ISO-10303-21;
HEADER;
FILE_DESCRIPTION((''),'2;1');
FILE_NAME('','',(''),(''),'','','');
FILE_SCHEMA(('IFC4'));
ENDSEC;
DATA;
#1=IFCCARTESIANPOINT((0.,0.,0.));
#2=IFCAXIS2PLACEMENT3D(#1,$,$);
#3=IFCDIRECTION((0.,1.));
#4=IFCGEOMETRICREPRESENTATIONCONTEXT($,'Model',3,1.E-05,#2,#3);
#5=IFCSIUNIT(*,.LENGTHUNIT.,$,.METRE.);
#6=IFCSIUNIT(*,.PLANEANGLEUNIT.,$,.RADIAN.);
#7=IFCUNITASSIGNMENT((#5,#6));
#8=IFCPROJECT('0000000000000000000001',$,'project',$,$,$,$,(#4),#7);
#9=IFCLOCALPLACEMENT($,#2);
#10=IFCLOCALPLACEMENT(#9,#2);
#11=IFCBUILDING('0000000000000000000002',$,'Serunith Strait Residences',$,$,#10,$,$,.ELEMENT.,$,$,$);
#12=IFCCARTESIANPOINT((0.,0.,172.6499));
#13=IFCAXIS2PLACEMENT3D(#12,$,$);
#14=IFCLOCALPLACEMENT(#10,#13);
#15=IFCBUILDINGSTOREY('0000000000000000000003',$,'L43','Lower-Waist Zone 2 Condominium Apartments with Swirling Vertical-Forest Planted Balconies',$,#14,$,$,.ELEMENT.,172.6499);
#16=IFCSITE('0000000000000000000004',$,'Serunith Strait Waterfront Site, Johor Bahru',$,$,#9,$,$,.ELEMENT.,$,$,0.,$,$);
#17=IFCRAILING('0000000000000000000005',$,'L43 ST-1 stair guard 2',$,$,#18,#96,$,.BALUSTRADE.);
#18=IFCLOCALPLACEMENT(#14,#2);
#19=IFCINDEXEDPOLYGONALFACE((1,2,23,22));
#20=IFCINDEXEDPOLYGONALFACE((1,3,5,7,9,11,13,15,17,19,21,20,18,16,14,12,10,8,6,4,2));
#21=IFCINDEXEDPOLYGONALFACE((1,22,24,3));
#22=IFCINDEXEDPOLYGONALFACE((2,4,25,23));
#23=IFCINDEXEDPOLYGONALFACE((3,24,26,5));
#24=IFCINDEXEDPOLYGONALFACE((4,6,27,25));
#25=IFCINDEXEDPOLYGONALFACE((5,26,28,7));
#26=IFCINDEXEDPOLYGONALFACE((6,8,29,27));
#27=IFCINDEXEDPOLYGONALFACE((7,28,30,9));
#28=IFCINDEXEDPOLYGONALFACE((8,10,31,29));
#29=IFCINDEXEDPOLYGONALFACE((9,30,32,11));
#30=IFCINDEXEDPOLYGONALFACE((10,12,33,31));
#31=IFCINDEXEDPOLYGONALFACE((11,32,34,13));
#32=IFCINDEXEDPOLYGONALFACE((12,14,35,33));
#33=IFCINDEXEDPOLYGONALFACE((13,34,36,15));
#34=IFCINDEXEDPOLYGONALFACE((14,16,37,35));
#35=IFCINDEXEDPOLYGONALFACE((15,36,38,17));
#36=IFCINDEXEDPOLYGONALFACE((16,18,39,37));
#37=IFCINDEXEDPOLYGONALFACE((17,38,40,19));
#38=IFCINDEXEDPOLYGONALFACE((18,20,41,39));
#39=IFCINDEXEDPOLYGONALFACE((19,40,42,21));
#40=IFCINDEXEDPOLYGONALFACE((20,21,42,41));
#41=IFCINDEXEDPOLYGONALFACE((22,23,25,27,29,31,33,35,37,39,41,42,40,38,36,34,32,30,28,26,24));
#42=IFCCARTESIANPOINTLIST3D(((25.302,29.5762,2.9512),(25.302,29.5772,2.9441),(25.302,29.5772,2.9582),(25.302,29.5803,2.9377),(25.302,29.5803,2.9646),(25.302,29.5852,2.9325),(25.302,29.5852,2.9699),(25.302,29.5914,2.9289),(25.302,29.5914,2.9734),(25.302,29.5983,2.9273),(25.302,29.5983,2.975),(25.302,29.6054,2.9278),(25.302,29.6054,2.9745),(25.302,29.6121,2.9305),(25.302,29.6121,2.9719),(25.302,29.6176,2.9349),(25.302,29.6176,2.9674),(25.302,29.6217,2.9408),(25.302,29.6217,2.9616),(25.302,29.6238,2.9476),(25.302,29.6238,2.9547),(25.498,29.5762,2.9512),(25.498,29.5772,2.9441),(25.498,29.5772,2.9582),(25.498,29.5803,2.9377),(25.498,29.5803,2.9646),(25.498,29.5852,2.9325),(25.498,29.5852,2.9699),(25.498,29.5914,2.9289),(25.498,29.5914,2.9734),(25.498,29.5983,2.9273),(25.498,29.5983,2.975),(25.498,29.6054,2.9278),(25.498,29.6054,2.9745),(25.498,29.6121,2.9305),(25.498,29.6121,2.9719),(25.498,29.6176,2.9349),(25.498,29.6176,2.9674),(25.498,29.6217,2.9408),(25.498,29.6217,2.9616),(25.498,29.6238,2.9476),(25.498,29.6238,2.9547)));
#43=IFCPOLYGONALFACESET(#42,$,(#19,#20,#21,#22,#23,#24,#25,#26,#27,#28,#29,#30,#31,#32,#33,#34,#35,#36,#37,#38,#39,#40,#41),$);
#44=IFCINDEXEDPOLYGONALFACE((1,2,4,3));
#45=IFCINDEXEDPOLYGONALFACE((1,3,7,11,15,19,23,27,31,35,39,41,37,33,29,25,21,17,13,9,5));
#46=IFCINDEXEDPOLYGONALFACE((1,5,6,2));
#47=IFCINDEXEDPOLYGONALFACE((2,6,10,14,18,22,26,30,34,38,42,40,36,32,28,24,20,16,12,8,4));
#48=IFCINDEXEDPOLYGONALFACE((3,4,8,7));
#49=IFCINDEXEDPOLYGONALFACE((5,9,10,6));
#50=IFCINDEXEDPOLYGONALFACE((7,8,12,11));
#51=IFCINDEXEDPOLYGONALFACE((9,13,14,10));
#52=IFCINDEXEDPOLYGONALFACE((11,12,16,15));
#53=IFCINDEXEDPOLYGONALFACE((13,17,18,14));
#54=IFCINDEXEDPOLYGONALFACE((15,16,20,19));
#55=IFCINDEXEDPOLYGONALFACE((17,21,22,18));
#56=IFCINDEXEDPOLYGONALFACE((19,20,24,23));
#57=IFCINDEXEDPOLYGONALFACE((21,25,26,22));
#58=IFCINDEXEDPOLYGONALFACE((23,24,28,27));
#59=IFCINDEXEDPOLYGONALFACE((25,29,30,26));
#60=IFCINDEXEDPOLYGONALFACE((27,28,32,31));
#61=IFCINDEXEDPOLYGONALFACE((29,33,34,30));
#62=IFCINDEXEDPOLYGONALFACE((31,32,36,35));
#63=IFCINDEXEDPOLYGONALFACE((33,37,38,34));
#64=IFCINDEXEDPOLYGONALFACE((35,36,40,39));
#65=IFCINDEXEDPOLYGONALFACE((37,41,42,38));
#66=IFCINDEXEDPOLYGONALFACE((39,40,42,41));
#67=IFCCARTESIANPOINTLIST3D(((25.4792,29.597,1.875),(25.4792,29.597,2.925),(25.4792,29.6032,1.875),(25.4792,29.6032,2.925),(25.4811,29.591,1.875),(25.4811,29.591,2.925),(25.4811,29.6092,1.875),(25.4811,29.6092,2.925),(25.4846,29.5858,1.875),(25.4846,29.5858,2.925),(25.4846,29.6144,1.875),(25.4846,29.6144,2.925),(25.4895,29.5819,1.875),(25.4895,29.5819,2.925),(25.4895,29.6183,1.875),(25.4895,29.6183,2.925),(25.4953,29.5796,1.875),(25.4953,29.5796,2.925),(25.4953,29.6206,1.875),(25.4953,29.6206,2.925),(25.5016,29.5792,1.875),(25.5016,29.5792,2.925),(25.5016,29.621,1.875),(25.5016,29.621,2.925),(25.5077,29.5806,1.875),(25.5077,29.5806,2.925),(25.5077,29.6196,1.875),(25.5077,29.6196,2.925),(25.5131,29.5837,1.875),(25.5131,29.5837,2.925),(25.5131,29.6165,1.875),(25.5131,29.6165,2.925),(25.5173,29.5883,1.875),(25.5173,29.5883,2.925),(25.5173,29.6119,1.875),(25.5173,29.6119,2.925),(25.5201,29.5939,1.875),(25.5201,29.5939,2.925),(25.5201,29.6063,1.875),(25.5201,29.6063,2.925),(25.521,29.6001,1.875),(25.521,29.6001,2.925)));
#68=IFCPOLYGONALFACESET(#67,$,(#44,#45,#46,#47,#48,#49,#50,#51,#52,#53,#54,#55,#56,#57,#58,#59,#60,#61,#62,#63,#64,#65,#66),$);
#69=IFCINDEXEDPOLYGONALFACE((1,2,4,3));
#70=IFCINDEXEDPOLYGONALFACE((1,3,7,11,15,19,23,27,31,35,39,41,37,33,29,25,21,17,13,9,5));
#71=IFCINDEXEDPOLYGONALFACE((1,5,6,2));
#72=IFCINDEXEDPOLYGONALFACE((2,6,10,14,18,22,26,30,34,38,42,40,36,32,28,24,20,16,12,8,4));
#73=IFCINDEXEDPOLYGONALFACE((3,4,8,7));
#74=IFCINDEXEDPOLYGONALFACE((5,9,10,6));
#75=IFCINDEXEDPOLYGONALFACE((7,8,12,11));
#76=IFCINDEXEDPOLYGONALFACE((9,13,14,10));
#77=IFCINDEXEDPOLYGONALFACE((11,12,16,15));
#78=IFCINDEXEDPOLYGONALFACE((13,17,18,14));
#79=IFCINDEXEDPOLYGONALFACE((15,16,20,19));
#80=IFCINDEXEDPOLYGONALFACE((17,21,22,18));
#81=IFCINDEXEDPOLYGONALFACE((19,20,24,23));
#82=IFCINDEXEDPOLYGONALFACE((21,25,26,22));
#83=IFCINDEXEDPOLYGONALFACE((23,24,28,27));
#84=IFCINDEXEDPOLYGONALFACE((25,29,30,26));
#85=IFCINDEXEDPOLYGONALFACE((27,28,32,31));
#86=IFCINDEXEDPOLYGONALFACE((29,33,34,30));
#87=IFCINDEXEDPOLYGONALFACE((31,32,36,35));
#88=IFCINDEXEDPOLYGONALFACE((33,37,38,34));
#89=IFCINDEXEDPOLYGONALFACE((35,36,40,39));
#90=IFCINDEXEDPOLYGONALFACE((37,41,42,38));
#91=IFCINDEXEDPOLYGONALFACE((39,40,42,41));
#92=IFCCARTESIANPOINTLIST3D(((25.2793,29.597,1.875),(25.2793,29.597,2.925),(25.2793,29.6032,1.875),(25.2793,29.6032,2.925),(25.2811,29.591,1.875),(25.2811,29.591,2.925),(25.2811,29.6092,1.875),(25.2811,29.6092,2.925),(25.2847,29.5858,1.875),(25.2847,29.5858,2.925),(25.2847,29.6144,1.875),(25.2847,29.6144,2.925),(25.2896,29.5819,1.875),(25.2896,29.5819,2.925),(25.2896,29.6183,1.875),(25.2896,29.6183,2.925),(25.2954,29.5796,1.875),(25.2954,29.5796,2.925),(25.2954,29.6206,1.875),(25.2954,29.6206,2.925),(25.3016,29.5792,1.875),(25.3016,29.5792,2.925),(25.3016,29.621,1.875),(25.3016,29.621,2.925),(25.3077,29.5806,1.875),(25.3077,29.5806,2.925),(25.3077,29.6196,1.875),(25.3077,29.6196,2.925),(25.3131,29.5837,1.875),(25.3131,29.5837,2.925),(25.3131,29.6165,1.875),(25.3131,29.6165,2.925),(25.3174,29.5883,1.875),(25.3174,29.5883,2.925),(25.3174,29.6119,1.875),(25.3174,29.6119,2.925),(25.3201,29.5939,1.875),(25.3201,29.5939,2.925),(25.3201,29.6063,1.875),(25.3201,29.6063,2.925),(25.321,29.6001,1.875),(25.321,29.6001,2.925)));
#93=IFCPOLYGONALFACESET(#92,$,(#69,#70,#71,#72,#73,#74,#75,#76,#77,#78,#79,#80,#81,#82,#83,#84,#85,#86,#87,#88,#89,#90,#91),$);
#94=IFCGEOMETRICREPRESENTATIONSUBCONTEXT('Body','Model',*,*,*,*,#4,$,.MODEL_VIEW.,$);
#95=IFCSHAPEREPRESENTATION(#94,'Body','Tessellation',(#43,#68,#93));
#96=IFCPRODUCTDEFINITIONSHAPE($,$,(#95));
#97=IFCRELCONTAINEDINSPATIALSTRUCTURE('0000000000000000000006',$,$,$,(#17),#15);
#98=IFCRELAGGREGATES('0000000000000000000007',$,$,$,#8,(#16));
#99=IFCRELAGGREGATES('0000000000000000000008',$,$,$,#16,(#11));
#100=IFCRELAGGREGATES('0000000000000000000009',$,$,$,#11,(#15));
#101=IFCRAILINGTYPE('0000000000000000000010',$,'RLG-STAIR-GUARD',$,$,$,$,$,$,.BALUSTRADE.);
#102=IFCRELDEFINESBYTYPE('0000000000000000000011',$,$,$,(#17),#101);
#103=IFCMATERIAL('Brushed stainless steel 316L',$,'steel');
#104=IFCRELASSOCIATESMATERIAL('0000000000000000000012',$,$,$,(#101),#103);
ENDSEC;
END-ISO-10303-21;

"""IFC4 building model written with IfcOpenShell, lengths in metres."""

from ifc_helpers import new_model, si_unit, direction, frame, origin, origin_2d, place, context, subcontext, project, spatial, circle, extrude, material, type_object, element, save


model = new_model("IFC4")

# Units and contexts
model_context = context("Model", 3, precision=1e-05, world=origin(), true_north=direction((0.0, 1.0)))
body_context = subcontext(model_context, "Body", "Model", "MODEL_VIEW")
ifc_project = project(units=[si_unit("LENGTHUNIT", "METRE"), si_unit("PLANEANGLEUNIT", "RADIAN")], contexts=[model_context])

# Site, building, storey
site_placement = place(None, origin())
site = spatial("IfcSite", under=ifc_project, at=site_placement, Name="Serunith Strait Waterfront Site, Johor Bahru", CompositionType="ELEMENT", RefElevation=0.0)
building_placement = place(site_placement, origin())
building = spatial("IfcBuilding", under=site, at=building_placement, Name="Serunith Strait Residences", CompositionType="ELEMENT")
storey_placement = place(building_placement, frame((0.0, 0.0, 172.6499)))
storey = spatial("IfcBuildingStorey", under=building, at=storey_placement, Name="L43", Description="Lower-Waist Zone 2 Condominium Apartments with Swirling Vertical-Forest Planted Balconies", CompositionType="ELEMENT", Elevation=172.6499)

# Railing
ifc_material_1 = material(Name="Brushed stainless steel 316L", Category="steel")
railing_type_1 = type_object("IfcRailingType", Name="RLG-STAIR-GUARD", PredefinedType="BALUSTRADE", material=ifc_material_1)
railing_1_placement = place(storey_placement, frame((25.5, 29.6001, 1.875)))
element("IfcRailing", 1, at=railing_1_placement, inside=storey, type_object=railing_type_1, Name="L43 ST-1 stair guard 2", PredefinedType="BALUSTRADE", context=body_context, shape_type="SweptSolid", body=[
    extrude(circle(Radius=0.0239, at=origin_2d()), frame((-0.002, 0.0, 1.0762), z_axis=(-1.0, 0.0, 0.0), x_axis=(0.0, -1.0, 0.0)), (0.0, 0.0, 1.0), 0.196),
    extrude(circle(Radius=0.021, at=origin_2d()), origin(), (0.0, 0.0, 1.0), 1.05),
    extrude(circle(Radius=0.021, at=origin_2d()), frame((-0.2, 0.0, 0.0)), (0.0, 0.0, 1.0), 1.05),
])

save(model, "model.ifc")
